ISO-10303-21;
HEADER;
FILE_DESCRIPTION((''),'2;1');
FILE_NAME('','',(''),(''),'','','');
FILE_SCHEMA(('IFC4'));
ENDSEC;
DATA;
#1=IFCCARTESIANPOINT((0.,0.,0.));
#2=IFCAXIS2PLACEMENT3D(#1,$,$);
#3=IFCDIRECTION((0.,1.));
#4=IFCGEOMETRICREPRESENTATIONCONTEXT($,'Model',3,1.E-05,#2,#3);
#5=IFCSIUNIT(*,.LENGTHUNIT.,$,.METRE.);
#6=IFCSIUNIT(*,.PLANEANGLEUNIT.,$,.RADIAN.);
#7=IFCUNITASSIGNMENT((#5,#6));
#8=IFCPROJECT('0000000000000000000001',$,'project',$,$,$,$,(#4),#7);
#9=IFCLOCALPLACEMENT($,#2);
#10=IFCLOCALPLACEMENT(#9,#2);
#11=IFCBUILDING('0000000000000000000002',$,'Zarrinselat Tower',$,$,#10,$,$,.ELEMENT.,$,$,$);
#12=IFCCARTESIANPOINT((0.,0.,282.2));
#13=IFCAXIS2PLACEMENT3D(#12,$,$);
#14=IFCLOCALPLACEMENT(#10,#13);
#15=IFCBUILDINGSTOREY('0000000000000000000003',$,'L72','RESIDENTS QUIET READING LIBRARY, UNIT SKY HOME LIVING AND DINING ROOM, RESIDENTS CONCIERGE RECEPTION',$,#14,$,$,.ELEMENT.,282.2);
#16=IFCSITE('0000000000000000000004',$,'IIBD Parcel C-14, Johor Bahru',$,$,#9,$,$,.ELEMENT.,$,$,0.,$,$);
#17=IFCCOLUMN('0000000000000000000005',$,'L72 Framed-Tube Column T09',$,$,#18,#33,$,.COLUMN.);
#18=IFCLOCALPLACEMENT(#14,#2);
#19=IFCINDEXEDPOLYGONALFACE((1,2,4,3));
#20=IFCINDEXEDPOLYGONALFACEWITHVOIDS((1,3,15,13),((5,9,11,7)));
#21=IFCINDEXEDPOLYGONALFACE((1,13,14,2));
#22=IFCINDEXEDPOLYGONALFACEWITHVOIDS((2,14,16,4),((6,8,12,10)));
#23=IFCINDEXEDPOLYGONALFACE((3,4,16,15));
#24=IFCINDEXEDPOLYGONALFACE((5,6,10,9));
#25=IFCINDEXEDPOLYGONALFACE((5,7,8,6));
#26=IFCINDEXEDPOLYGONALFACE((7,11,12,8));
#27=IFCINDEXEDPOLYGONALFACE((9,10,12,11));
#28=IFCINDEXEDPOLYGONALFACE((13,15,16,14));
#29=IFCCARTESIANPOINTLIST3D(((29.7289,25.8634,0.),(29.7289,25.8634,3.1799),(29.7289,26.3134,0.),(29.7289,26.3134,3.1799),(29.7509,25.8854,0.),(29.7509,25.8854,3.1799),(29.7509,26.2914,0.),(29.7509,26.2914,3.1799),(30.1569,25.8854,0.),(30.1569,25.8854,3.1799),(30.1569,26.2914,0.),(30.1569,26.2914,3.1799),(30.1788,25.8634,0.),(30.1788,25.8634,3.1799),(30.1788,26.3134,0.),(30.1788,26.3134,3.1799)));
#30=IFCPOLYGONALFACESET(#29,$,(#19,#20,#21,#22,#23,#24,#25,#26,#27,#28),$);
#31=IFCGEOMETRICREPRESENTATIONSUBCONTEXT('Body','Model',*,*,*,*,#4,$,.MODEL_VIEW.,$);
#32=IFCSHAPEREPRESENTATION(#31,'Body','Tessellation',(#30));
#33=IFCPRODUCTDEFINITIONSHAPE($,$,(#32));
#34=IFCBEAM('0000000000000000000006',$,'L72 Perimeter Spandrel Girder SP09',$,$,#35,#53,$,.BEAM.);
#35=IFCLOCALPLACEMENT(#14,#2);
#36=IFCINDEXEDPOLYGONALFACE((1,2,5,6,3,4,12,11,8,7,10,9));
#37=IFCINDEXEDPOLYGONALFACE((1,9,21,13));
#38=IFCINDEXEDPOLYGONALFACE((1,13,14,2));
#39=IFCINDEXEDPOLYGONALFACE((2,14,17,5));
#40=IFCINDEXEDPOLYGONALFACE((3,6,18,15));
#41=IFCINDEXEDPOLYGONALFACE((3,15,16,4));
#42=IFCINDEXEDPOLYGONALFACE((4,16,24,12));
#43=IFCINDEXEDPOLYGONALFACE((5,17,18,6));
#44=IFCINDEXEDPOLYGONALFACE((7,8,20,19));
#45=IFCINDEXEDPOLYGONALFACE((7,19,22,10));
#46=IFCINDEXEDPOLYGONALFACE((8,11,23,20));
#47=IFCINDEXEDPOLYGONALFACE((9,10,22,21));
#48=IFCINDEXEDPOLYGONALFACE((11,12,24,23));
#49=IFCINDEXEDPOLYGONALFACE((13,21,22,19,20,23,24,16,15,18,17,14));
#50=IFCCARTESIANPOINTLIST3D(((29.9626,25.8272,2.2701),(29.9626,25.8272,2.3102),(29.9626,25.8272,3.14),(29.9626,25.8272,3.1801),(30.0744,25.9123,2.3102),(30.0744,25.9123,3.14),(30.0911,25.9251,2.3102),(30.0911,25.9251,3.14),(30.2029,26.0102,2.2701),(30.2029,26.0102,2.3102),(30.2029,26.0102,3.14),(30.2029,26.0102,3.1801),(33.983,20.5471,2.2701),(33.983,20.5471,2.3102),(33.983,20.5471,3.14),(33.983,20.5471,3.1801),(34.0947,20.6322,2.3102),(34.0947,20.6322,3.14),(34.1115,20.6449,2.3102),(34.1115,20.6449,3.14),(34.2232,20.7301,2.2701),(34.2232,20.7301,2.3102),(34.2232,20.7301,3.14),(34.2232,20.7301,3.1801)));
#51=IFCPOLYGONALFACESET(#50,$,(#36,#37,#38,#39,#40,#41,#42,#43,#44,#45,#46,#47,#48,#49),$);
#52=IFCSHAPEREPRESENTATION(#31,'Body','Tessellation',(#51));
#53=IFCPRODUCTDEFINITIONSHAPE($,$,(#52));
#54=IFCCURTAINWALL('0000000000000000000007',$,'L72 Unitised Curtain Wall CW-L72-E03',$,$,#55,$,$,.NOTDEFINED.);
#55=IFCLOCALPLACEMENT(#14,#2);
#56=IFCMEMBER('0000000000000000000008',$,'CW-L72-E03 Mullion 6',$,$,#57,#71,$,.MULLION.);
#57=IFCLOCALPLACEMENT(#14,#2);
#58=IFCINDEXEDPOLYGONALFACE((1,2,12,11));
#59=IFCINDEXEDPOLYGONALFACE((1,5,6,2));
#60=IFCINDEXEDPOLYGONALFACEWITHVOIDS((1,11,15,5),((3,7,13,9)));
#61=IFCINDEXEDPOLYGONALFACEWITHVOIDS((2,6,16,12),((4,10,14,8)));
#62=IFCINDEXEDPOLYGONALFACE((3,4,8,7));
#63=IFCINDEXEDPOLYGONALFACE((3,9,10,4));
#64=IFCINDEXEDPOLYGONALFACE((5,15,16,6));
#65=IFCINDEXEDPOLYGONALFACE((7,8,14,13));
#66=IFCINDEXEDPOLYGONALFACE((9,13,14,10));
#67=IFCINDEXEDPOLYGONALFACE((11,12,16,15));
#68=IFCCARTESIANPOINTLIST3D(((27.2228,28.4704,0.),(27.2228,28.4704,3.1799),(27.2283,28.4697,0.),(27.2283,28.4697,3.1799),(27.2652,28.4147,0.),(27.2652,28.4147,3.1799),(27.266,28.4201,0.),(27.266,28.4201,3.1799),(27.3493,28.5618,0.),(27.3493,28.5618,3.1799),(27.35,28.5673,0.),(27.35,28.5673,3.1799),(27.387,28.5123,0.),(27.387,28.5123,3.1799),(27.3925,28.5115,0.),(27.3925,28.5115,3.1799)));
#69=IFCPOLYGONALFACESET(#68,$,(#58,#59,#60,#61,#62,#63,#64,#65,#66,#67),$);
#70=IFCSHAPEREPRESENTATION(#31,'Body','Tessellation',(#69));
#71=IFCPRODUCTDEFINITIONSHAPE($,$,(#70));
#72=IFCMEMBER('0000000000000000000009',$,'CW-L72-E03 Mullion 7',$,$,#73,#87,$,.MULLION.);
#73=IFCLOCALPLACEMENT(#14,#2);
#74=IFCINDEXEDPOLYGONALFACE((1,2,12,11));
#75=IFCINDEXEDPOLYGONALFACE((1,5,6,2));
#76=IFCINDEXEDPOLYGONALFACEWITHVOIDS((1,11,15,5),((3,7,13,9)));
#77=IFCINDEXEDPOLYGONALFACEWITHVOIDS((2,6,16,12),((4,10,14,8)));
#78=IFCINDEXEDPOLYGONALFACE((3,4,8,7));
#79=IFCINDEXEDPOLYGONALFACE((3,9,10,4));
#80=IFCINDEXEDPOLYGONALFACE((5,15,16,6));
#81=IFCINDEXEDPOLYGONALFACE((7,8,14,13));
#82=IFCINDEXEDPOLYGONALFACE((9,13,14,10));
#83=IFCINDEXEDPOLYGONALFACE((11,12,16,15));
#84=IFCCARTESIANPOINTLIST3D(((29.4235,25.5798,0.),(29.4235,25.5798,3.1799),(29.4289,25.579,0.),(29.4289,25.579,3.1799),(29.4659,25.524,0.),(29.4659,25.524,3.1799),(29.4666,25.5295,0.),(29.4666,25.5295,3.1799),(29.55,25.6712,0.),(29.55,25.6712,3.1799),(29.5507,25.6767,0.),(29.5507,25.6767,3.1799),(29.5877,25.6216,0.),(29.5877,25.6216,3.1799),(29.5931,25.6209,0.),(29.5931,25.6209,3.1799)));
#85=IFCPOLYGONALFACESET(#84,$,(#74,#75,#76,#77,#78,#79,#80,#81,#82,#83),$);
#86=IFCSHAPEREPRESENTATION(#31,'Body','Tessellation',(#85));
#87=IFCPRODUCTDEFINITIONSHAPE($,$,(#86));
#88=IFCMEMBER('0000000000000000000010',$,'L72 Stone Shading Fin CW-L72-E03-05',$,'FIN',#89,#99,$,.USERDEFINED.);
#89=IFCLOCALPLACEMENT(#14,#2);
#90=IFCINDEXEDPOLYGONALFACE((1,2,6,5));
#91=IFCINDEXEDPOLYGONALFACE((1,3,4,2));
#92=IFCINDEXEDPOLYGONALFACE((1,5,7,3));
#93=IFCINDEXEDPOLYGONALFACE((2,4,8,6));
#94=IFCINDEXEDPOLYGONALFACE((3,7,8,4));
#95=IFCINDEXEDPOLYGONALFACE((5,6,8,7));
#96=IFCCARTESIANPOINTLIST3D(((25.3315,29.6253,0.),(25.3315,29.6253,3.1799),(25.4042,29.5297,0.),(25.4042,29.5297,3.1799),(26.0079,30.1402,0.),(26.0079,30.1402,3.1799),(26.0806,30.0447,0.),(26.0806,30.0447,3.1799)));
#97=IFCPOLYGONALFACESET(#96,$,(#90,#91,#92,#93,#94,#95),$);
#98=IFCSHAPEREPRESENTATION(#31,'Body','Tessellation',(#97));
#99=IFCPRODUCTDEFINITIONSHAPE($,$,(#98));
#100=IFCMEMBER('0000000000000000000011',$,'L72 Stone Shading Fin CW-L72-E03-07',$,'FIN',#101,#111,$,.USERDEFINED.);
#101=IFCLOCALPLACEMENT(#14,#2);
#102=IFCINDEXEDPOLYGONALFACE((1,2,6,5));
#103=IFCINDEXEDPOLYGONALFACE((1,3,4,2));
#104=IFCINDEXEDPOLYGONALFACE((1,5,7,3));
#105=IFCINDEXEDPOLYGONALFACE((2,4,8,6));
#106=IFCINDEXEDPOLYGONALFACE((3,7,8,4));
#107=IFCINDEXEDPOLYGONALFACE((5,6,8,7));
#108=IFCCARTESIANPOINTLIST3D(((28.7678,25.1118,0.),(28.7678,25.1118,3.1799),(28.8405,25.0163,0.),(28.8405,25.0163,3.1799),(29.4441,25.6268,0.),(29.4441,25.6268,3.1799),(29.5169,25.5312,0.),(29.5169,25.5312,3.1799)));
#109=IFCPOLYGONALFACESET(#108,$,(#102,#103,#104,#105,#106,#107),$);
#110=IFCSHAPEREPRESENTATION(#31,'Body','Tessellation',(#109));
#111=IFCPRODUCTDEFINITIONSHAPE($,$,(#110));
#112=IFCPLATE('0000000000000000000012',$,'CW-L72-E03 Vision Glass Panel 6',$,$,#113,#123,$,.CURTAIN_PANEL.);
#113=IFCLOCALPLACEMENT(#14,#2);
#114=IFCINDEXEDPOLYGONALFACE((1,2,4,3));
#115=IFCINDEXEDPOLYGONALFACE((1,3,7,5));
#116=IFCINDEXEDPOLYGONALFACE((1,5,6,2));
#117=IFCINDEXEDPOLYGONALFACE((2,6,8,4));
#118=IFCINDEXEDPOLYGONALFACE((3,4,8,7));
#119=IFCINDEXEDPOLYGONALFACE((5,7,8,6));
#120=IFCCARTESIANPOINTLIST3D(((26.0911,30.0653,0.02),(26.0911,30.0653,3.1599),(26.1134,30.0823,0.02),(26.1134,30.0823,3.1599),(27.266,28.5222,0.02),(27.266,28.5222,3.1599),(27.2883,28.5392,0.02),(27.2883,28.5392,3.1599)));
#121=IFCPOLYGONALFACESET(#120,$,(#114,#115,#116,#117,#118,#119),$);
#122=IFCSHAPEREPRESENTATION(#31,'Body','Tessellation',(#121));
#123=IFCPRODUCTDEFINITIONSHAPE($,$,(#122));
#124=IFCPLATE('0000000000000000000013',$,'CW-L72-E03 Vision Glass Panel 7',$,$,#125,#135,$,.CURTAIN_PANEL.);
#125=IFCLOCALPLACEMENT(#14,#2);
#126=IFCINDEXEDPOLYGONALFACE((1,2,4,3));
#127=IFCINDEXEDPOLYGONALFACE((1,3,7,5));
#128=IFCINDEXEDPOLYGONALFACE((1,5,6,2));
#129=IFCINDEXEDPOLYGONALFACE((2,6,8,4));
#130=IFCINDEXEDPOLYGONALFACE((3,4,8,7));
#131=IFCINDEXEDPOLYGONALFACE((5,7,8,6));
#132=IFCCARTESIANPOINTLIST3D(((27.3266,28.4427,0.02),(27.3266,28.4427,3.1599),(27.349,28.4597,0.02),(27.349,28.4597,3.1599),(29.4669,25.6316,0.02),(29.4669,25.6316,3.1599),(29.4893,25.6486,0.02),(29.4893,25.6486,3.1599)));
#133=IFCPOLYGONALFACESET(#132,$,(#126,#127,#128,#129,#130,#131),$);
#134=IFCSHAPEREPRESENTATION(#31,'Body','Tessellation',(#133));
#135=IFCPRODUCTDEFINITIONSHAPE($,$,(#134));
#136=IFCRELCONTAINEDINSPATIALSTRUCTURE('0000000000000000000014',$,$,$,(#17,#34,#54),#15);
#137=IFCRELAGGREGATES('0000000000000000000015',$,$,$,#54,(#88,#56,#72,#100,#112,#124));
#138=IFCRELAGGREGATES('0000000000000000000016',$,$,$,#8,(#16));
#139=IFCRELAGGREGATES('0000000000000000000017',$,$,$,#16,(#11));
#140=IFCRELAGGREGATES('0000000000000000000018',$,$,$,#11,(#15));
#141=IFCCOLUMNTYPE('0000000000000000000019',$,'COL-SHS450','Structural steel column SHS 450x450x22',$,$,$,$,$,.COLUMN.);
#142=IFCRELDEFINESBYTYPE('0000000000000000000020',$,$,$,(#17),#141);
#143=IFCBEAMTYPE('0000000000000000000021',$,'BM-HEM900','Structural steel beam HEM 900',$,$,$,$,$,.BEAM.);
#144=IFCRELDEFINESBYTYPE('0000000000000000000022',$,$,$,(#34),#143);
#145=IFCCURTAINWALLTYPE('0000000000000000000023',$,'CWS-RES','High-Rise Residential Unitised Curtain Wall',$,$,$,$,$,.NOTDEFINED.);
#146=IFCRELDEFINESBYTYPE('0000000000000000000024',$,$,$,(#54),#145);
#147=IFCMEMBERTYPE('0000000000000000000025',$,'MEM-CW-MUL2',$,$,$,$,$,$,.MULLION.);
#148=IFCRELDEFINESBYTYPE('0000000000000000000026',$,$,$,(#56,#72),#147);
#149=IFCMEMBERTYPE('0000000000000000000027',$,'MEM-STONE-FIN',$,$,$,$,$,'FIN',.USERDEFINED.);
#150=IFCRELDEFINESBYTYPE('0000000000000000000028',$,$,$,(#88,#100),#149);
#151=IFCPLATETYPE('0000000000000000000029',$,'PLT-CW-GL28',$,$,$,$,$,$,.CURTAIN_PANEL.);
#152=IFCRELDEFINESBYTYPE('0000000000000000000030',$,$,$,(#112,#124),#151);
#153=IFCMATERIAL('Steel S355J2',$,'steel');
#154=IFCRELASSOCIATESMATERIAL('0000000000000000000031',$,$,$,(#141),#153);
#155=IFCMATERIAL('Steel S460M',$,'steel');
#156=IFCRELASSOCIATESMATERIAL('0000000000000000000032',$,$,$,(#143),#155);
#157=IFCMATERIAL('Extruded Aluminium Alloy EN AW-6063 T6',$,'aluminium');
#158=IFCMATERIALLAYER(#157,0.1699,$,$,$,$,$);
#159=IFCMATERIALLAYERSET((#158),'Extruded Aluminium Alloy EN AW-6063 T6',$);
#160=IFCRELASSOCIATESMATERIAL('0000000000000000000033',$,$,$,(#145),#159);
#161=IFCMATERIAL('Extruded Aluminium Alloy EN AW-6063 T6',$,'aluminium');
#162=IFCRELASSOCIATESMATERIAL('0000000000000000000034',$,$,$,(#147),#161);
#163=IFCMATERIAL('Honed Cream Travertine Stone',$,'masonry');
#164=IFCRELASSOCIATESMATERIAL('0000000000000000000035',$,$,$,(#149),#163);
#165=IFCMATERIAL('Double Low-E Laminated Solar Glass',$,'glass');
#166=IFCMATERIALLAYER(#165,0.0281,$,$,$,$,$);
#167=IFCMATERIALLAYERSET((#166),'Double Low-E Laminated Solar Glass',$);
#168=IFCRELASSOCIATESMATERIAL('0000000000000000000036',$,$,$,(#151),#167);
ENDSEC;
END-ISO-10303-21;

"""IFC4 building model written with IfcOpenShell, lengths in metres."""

from ifc_helpers import new_model, si_unit, direction, frame, origin, origin_2d, place, context, subcontext, project, spatial, rectangle, hollow_rectangle, i_section, extrude, material, layer, layer_set, material_profile, profile_set, type_object, element, aggregate, save


model = new_model("IFC4")

# Units and contexts
model_context = context("Model", 3, precision=1e-05, world=origin(), true_north=direction((0.0, 1.0)))
body_context = subcontext(model_context, "Body", "Model", "MODEL_VIEW")
ifc_project = project(units=[si_unit("LENGTHUNIT", "METRE"), si_unit("PLANEANGLEUNIT", "RADIAN")], contexts=[model_context])

# Site, building, storey
site_placement = place(None, origin())
site = spatial("IfcSite", under=ifc_project, at=site_placement, Name="IIBD Parcel C-14, Johor Bahru", CompositionType="ELEMENT", RefElevation=0.0)
building_placement = place(site_placement, origin())
building = spatial("IfcBuilding", under=site, at=building_placement, Name="Zarrinselat Tower", CompositionType="ELEMENT")
storey_placement = place(building_placement, frame((0.0, 0.0, 282.2)))
storey = spatial("IfcBuildingStorey", under=building, at=storey_placement, Name="L72", Description="RESIDENTS QUIET READING LIBRARY, UNIT SKY HOME LIVING AND DINING ROOM, RESIDENTS CONCIERGE RECEPTION", CompositionType="ELEMENT", Elevation=282.2)

# Column
ifc_material_1 = material(Name="Steel S355J2", Category="steel")
ifc_material_profile_1 = material_profile(ifc_material_1, hollow_rectangle(XDim=0.45, YDim=0.45, WallThickness=0.022, at=origin_2d()), Name="SHS 450x450x22")
ifc_profile_set_1 = profile_set([ifc_material_profile_1], Name="Steel S355J2")
column_type = type_object("IfcColumnType", Name="COL-SHS450", Description="Structural steel column SHS 450x450x22", PredefinedType="COLUMN", material=ifc_profile_set_1)
column_placement = place(storey_placement, frame((29.9539, 26.0884, 0.0), z_axis=(0.0, 0.0, 1.0), x_axis=(1.0, 0.0, 0.0)))
element("IfcColumn", 1, at=column_placement, inside=storey, type_object=column_type, Name="L72 Framed-Tube Column T09", PredefinedType="COLUMN", context=body_context, shape_type="SweptSolid", body=[
    extrude(hollow_rectangle(XDim=0.45, YDim=0.45, WallThickness=0.022, at=origin_2d()), origin(), (0.0, 0.0, 1.0), 3.1799),
])

# Beam
ifc_material_2 = material(Name="Steel S460M", Category="steel")
ifc_material_profile_2 = material_profile(ifc_material_2, i_section(OverallWidth=0.302, OverallDepth=0.9099, WebThickness=0.021, FlangeThickness=0.04, at=origin_2d()), Name="HEM 900")
ifc_profile_set_2 = profile_set([ifc_material_profile_2], Name="Steel S460M")
beam_type = type_object("IfcBeamType", Name="BM-HEM900", Description="Structural steel beam HEM 900", PredefinedType="BEAM", material=ifc_profile_set_2)
beam_placement = place(storey_placement, frame((30.0828, 25.9187, 2.7251), z_axis=(0.605794, -0.795622, 0.0), x_axis=(0.795622, 0.605794, 0.0)))
element("IfcBeam", 2, at=beam_placement, inside=storey, type_object=beam_type, Name="L72 Perimeter Spandrel Girder SP09", PredefinedType="BEAM", context=body_context, shape_type="SweptSolid", body=[
    extrude(i_section(OverallWidth=0.302, OverallDepth=0.9099, WebThickness=0.021, FlangeThickness=0.04, at=origin_2d()), origin(), (0.0, 0.0, 1.0), 6.6365),
])

# Curtain wall, members, plates
ifc_material_3 = material(Name="Extruded Aluminium Alloy EN AW-6063 T6", Category="aluminium")
ifc_layer_1 = layer(ifc_material_3, 0.1699)
ifc_layer_set_1 = layer_set([ifc_layer_1], Name="Extruded Aluminium Alloy EN AW-6063 T6")
curtain_wall_type = type_object("IfcCurtainWallType", Name="CWS-RES", Description="High-Rise Residential Unitised Curtain Wall", PredefinedType="NOTDEFINED", material=ifc_layer_set_1)
curtain_wall_placement = place(storey_placement, origin())
curtain_wall = element("IfcCurtainWall", 3, at=curtain_wall_placement, inside=storey, type_object=curtain_wall_type, Name="L72 Unitised Curtain Wall CW-L72-E03", PredefinedType="NOTDEFINED")
ifc_material_4 = material(Name="Extruded Aluminium Alloy EN AW-6063 T6", Category="aluminium")
ifc_material_profile_3 = material_profile(ifc_material_4, hollow_rectangle(XDim=0.0701, YDim=0.1599, WallThickness=0.0039, at=origin_2d()), Name="RHS 160x70x4")
ifc_profile_set_3 = profile_set([ifc_material_profile_3], Name="Extruded Aluminium Alloy EN AW-6063 T6")
member_type_1 = type_object("IfcMemberType", Name="MEM-CW-MUL2", PredefinedType="MULLION", material=ifc_profile_set_3)
member_1_placement = place(storey_placement, frame((27.3076, 28.491, 0.0), z_axis=(0.0, 0.0, 1.0), x_axis=(0.605767, -0.795642, 0.0)))
member_1 = element("IfcMember", 4, at=member_1_placement, type_object=member_type_1, Name="CW-L72-E03 Mullion 6", PredefinedType="MULLION", context=body_context, shape_type="SweptSolid", body=[
    extrude(hollow_rectangle(XDim=0.0701, YDim=0.1599, WallThickness=0.0039, at=origin_2d()), origin(), (0.0, 0.0, 1.0), 3.1799),
])
member_2_placement = place(storey_placement, frame((29.5083, 25.6003, 0.0), z_axis=(0.0, 0.0, 1.0), x_axis=(0.605767, -0.795642, 0.0)))
member_2 = element("IfcMember", 5, at=member_2_placement, type_object=member_type_1, Name="CW-L72-E03 Mullion 7", PredefinedType="MULLION", context=body_context, shape_type="SweptSolid", body=[
    extrude(hollow_rectangle(XDim=0.0701, YDim=0.1599, WallThickness=0.0039, at=origin_2d()), origin(), (0.0, 0.0, 1.0), 3.1799),
])
ifc_material_5 = material(Name="Honed Cream Travertine Stone", Category="masonry")
ifc_material_profile_4 = material_profile(ifc_material_5, rectangle(XDim=0.1201, YDim=0.8501, at=origin_2d()), Name="FIN 850x120")
ifc_profile_set_4 = profile_set([ifc_material_profile_4], Name="Honed Cream Travertine Stone")
member_type_2 = type_object("IfcMemberType", Name="MEM-STONE-FIN", ElementType="FIN", PredefinedType="USERDEFINED", material=ifc_profile_set_4)
member_3_placement = place(storey_placement, frame((25.7061, 29.835, 0.0), z_axis=(0.0, 0.0, 1.0), x_axis=(-0.605767, 0.795642, 0.0)))
member_3 = element("IfcMember", 6, at=member_3_placement, type_object=member_type_2, Name="L72 Stone Shading Fin CW-L72-E03-05", ObjectType="FIN", PredefinedType="USERDEFINED", context=body_context, shape_type="SweptSolid", body=[
    extrude(rectangle(XDim=0.1201, YDim=0.8501, at=origin_2d()), origin(), (0.0, 0.0, 1.0), 3.1799),
])
member_4_placement = place(storey_placement, frame((29.1423, 25.3215, 0.0), z_axis=(0.0, 0.0, 1.0), x_axis=(-0.605767, 0.795642, 0.0)))
member_4 = element("IfcMember", 7, at=member_4_placement, type_object=member_type_2, Name="L72 Stone Shading Fin CW-L72-E03-07", ObjectType="FIN", PredefinedType="USERDEFINED", context=body_context, shape_type="SweptSolid", body=[
    extrude(rectangle(XDim=0.1201, YDim=0.8501, at=origin_2d()), origin(), (0.0, 0.0, 1.0), 3.1799),
])
ifc_material_6 = material(Name="Double Low-E Laminated Solar Glass", Category="glass")
ifc_layer_2 = layer(ifc_material_6, 0.0281)
ifc_layer_set_2 = layer_set([ifc_layer_2], Name="Double Low-E Laminated Solar Glass")
plate_type = type_object("IfcPlateType", Name="PLT-CW-GL28", PredefinedType="CURTAIN_PANEL", material=ifc_layer_set_2)
plate_1_placement = place(storey_placement, frame((26.6897, 29.3022, 0.02), z_axis=(0.0, 0.0, 1.0), x_axis=(0.605767, -0.795642, 0.0)))
plate_1 = element("IfcPlate", 8, at=plate_1_placement, type_object=plate_type, Name="CW-L72-E03 Vision Glass Panel 6", PredefinedType="CURTAIN_PANEL", context=body_context, shape_type="SweptSolid", body=[
    extrude(rectangle(XDim=1.9395, YDim=0.0281, at=origin_2d()), origin(), (0.0, 0.0, 1.0), 3.1399),
])
plate_2_placement = place(storey_placement, frame((28.408, 27.0457, 0.02), z_axis=(0.0, 0.0, 1.0), x_axis=(0.605767, -0.795642, 0.0)))
plate_2 = element("IfcPlate", 9, at=plate_2_placement, type_object=plate_type, Name="CW-L72-E03 Vision Glass Panel 7", PredefinedType="CURTAIN_PANEL", context=body_context, shape_type="SweptSolid", body=[
    extrude(rectangle(XDim=3.5332, YDim=0.0281, at=origin_2d()), origin(), (0.0, 0.0, 1.0), 3.1399),
])
aggregate(curtain_wall, [member_3, member_1, member_2, member_4, plate_1, plate_2])

save(model, "model.ifc")
